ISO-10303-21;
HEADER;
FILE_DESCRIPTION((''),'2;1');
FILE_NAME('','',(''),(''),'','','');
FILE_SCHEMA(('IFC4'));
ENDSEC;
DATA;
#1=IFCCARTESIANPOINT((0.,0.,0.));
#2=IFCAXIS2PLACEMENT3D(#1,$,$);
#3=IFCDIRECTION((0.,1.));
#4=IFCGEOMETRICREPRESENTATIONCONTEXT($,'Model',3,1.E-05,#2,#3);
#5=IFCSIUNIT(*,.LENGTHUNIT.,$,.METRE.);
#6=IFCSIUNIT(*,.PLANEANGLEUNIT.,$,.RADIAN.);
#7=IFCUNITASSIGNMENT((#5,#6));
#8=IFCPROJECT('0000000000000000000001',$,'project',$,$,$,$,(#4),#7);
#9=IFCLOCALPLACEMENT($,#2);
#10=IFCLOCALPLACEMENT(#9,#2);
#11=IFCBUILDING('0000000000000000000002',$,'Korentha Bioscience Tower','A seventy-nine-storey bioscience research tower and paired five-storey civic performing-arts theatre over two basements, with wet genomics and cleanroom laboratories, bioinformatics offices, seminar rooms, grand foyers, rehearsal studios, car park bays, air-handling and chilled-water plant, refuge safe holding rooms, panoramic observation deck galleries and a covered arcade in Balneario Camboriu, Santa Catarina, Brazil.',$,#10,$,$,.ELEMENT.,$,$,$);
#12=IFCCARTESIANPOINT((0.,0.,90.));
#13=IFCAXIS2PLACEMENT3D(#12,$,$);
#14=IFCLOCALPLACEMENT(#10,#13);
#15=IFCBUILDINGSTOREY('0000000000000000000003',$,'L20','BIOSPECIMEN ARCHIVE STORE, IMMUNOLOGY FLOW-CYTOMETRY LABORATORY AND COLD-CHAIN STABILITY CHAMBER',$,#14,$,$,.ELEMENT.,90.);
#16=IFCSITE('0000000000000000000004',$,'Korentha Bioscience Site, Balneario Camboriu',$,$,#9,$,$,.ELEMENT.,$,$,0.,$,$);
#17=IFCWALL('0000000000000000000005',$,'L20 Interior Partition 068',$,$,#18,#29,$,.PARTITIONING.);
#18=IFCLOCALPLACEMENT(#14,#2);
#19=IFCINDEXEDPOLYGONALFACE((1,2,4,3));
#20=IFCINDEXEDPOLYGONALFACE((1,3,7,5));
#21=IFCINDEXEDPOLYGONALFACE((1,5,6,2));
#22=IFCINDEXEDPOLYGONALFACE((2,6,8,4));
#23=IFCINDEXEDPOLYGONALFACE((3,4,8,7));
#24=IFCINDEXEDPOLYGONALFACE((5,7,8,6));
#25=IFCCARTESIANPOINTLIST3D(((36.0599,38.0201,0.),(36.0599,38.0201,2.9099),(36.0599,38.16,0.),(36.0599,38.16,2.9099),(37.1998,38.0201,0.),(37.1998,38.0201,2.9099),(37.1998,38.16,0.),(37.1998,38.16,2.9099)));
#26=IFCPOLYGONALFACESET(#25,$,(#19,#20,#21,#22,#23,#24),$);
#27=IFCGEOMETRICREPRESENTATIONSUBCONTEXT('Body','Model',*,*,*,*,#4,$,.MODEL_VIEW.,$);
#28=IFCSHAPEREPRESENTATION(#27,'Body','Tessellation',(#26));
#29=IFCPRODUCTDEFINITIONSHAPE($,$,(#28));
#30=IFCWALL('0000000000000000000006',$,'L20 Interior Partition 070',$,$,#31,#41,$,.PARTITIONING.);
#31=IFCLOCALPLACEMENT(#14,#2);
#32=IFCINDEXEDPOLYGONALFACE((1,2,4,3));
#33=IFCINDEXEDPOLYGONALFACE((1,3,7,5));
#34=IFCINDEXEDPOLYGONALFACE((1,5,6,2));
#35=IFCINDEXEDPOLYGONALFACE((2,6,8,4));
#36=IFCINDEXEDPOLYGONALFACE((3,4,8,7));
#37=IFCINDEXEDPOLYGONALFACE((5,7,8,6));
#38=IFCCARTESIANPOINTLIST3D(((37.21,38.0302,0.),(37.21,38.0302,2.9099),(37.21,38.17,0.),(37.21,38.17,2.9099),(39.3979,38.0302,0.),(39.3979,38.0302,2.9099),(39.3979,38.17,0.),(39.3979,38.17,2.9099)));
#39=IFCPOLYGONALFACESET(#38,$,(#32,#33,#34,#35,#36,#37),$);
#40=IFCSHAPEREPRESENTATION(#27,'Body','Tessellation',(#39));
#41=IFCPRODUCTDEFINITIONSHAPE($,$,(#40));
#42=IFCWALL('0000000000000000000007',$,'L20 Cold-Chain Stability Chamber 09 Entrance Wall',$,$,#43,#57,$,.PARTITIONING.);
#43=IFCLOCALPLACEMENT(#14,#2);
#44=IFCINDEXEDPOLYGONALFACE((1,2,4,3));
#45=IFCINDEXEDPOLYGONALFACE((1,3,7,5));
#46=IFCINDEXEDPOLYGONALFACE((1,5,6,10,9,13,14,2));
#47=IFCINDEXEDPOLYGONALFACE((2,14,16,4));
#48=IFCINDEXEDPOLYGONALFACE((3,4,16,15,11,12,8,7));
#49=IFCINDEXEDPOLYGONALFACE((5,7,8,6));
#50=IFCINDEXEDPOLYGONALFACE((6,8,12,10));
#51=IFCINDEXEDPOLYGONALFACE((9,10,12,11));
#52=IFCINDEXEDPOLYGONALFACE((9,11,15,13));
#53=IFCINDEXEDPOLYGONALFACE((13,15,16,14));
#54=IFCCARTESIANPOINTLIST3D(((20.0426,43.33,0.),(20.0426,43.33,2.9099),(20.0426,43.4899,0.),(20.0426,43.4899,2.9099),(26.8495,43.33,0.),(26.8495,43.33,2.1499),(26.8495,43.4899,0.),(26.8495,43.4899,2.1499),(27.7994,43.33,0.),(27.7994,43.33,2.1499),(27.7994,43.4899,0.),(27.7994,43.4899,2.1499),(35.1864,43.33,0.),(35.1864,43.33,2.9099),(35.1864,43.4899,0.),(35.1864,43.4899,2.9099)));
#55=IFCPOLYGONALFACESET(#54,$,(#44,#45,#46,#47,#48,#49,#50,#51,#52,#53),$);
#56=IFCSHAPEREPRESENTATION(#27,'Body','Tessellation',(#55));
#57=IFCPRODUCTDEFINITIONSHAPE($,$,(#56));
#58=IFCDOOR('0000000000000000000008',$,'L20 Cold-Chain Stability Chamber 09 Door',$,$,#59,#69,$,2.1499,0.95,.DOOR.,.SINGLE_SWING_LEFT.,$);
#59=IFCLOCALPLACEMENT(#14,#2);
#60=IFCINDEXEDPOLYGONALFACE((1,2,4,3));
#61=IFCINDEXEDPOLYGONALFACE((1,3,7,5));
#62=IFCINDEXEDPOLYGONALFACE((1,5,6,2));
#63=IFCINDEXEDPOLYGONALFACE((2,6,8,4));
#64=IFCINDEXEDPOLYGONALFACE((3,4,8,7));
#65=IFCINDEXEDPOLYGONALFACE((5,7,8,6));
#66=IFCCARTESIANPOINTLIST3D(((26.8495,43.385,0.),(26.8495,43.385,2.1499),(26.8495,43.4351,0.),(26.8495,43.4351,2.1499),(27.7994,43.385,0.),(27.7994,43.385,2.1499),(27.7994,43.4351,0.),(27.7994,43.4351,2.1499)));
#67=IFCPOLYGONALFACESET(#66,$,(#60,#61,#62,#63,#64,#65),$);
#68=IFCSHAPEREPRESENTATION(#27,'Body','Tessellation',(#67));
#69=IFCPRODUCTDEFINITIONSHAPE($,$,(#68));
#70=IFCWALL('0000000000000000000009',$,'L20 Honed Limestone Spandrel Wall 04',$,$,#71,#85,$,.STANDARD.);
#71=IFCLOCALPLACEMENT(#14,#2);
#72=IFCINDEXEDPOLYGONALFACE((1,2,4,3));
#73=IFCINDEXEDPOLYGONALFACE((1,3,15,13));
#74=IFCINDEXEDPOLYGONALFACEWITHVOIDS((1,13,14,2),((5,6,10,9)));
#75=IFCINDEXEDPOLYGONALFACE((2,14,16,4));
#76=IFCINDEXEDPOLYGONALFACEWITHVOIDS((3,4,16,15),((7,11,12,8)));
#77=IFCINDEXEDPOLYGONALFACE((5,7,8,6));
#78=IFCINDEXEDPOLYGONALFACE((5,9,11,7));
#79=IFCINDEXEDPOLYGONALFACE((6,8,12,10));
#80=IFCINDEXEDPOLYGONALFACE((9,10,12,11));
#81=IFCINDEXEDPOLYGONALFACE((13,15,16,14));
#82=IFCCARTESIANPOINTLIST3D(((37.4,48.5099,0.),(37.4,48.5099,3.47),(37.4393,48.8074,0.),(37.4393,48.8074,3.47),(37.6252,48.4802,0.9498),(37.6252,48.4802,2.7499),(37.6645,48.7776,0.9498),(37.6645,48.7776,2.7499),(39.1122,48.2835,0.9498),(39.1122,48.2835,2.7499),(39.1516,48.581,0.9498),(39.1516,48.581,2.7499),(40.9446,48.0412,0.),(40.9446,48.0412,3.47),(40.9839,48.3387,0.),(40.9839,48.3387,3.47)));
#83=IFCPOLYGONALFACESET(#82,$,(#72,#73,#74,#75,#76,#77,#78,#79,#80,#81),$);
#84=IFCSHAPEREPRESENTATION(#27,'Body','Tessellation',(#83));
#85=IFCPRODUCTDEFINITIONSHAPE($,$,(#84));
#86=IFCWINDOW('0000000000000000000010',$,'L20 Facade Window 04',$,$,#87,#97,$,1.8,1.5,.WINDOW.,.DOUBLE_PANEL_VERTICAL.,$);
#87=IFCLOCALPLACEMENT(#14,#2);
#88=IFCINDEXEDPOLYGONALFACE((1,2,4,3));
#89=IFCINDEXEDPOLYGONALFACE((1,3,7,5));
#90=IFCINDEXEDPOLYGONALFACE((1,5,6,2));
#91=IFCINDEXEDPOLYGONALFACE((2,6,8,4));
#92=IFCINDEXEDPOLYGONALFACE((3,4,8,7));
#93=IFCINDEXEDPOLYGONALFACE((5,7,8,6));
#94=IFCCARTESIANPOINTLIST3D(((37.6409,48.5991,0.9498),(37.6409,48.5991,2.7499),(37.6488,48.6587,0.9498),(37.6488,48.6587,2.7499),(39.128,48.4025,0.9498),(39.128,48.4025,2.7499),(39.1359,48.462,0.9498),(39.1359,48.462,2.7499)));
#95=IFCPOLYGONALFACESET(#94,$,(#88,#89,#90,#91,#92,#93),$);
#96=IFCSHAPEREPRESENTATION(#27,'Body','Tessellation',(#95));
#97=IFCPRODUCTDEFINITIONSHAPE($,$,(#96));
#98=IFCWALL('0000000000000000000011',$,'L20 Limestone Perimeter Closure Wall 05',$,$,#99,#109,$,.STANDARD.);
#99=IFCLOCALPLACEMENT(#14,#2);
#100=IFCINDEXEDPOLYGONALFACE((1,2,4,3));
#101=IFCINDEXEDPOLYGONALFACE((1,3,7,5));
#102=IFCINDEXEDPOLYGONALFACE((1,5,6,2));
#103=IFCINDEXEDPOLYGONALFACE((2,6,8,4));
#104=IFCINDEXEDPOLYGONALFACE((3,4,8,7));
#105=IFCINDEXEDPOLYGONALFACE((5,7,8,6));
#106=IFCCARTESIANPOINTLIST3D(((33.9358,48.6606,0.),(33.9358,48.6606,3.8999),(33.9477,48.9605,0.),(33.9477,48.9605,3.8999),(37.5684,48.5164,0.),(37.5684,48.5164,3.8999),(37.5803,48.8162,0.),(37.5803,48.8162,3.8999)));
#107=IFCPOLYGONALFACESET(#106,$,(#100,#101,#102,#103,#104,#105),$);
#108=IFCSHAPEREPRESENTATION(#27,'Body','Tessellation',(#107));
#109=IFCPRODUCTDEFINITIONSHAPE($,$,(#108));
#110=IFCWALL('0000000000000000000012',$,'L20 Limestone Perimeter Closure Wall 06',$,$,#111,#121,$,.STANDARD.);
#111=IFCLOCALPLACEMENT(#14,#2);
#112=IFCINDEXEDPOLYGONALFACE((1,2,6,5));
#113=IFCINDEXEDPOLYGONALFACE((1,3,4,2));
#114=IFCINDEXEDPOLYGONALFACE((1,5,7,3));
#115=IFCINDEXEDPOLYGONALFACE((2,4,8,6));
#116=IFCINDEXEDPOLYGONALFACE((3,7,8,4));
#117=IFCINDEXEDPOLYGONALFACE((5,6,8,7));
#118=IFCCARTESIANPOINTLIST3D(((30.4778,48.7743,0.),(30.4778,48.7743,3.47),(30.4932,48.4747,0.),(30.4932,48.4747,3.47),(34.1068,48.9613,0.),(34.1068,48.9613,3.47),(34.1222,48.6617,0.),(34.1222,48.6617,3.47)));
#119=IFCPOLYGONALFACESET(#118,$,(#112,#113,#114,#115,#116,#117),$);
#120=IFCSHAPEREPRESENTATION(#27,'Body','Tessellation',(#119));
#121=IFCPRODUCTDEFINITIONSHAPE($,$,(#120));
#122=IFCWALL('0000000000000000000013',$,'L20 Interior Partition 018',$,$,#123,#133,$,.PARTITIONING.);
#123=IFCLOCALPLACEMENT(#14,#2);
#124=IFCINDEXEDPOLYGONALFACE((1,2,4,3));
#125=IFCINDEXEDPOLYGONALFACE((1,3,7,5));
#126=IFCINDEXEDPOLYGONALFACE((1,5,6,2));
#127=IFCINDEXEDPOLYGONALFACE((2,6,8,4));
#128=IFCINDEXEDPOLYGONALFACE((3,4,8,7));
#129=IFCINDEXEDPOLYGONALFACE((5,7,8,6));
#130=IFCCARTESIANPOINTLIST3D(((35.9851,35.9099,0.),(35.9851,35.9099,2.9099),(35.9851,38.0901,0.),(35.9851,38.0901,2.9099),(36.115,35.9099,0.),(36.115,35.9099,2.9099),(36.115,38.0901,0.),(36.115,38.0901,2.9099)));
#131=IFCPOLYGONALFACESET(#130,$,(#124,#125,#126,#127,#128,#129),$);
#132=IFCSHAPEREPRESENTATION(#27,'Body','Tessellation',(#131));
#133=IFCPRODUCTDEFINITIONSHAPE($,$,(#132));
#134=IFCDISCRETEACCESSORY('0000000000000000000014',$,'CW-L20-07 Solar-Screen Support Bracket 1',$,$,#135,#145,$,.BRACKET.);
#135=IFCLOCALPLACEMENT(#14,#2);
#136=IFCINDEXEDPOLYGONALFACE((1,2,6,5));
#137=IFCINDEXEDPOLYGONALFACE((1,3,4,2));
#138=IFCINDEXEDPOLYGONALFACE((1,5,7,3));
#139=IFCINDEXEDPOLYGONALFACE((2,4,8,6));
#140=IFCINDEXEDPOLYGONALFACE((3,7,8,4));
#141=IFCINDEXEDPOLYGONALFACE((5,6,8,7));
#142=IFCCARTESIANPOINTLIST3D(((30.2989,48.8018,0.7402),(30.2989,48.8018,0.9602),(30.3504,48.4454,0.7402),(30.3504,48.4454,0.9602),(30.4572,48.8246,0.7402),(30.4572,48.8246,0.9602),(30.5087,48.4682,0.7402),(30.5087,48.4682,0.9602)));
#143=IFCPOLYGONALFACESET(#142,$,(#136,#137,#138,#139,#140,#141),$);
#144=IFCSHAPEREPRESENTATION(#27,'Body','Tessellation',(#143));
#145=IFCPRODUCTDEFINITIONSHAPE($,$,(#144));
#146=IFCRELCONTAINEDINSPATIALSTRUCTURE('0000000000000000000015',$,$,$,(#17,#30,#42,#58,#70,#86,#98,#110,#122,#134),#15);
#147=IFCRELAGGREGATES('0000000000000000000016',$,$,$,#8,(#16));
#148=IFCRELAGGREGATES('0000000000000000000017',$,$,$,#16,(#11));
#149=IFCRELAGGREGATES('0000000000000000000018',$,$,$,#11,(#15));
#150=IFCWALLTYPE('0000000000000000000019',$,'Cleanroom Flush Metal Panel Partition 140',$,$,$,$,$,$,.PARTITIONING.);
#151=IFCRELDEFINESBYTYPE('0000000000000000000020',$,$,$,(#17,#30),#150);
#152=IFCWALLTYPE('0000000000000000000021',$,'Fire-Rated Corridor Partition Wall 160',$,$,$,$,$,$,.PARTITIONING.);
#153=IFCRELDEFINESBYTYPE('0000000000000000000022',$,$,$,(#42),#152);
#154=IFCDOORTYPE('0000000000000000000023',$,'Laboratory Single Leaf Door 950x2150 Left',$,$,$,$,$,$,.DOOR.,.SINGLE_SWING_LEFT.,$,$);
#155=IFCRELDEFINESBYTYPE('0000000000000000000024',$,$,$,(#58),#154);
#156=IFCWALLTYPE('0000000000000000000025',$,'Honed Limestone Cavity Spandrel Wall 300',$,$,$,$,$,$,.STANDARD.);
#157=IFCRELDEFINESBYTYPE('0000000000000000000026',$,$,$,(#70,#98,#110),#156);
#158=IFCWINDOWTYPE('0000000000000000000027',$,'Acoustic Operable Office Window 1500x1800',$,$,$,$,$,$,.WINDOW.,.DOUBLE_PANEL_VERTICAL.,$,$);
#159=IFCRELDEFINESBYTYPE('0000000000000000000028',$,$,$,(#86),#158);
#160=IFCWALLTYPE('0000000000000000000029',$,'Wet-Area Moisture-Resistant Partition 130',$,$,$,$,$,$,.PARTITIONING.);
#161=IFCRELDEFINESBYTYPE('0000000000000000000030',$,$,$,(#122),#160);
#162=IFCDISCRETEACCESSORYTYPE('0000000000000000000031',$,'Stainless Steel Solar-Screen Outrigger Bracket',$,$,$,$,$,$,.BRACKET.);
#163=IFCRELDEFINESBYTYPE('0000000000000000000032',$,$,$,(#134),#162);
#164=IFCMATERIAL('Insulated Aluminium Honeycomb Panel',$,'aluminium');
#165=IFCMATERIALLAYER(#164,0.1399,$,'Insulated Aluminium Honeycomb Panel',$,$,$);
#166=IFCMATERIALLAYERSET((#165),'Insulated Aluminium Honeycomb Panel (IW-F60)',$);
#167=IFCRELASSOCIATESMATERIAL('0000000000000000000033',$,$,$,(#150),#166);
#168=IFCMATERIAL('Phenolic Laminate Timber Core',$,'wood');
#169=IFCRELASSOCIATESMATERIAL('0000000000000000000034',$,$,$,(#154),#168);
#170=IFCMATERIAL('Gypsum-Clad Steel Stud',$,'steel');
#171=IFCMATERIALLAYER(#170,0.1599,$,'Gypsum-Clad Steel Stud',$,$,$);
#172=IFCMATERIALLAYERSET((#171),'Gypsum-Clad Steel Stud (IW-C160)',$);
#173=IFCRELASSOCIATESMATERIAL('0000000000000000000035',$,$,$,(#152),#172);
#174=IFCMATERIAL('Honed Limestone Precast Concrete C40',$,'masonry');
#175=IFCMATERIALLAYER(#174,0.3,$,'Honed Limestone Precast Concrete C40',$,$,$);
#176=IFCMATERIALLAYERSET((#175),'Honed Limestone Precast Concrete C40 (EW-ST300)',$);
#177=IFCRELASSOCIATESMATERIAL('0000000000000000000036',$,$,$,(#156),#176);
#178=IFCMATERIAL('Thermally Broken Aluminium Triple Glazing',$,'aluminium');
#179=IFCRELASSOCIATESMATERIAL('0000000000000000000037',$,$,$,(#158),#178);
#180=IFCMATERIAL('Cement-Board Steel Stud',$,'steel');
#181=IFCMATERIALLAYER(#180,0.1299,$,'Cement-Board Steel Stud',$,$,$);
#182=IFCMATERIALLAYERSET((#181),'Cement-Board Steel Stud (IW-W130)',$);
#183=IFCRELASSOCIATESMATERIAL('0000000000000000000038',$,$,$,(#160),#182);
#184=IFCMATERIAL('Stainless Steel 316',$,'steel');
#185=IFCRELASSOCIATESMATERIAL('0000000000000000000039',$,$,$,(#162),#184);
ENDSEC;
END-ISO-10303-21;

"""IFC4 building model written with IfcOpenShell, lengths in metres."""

from ifc_helpers import new_model, si_unit, direction, frame, frame_2d, origin, origin_2d, place, context, subcontext, project, spatial, rectangle, extrude, material, layer, layer_set, type_object, element, fill, save


model = new_model("IFC4")

# Units and contexts
model_context = context("Model", 3, precision=1e-05, world=origin(), true_north=direction((0.0, 1.0)))
body_context = subcontext(model_context, "Body", "Model", "MODEL_VIEW")
ifc_project = project(units=[si_unit("LENGTHUNIT", "METRE"), si_unit("PLANEANGLEUNIT", "RADIAN")], contexts=[model_context])

# Site, building, storey
site_placement = place(None, origin())
site = spatial("IfcSite", under=ifc_project, at=site_placement, Name="Korentha Bioscience Site, Balneario Camboriu", CompositionType="ELEMENT", RefElevation=0.0)
building_placement = place(site_placement, origin())
building = spatial("IfcBuilding", under=site, at=building_placement, Name="Korentha Bioscience Tower", Description="A seventy-nine-storey bioscience research tower and paired five-storey civic performing-arts theatre over two basements, with wet genomics and cleanroom laboratories, bioinformatics offices, seminar rooms, grand foyers, rehearsal studios, car park bays, air-handling and chilled-water plant, refuge safe holding rooms, panoramic observation deck galleries and a covered arcade in Balneario Camboriu, Santa Catarina, Brazil.", CompositionType="ELEMENT")
storey_placement = place(building_placement, frame((0.0, 0.0, 90.0)))
storey = spatial("IfcBuildingStorey", under=building, at=storey_placement, Name="L20", Description="BIOSPECIMEN ARCHIVE STORE, IMMUNOLOGY FLOW-CYTOMETRY LABORATORY AND COLD-CHAIN STABILITY CHAMBER", CompositionType="ELEMENT", Elevation=90.0)

# Shared definitions
ifc_material_1 = material(Name="Phenolic Laminate Timber Core", Category="wood")

# Shared definitions
ifc_material_2 = material(Name="Insulated Aluminium Honeycomb Panel", Category="aluminium")
ifc_layer_1 = layer(ifc_material_2, 0.1399, Name="Insulated Aluminium Honeycomb Panel")
ifc_layer_set_1 = layer_set([ifc_layer_1], Name="Insulated Aluminium Honeycomb Panel (IW-F60)")
wall_type_1 = type_object("IfcWallType", Name="Cleanroom Flush Metal Panel Partition 140", PredefinedType="PARTITIONING", material=ifc_layer_set_1)
door_type_1 = type_object("IfcDoorType", Name="Laboratory Single Leaf Door 950x2150 Left", OperationType="SINGLE_SWING_LEFT", PredefinedType="DOOR", material=ifc_material_1)

# Walls
wall_1_placement = place(storey_placement, frame((36.0601, 38.0901, 0.0), z_axis=(0.0, 0.0, 1.0), x_axis=(1.0, 0.0, 0.0)))
element("IfcWall", 1, at=wall_1_placement, inside=storey, type_object=wall_type_1, Name="L20 Interior Partition 068", PredefinedType="PARTITIONING", context=body_context, shape_type="SweptSolid", body=[
    extrude(rectangle(XDim=1.1399, YDim=0.1399, at=frame_2d((0.5698, 0.0))), origin(), (0.0, 0.0, 1.0), 2.9099),
])
wall_2_placement = place(storey_placement, frame((37.21, 38.1001, 0.0), z_axis=(0.0, 0.0, 1.0), x_axis=(1.0, 0.0, 0.0)))
element("IfcWall", 2, at=wall_2_placement, inside=storey, type_object=wall_type_1, Name="L20 Interior Partition 070", PredefinedType="PARTITIONING", context=body_context, shape_type="SweptSolid", body=[
    extrude(rectangle(XDim=2.188, YDim=0.1399, at=frame_2d((1.094, 0.0))), origin(), (0.0, 0.0, 1.0), 2.9099),
])

# Wall, opening, door
ifc_material_3 = material(Name="Gypsum-Clad Steel Stud", Category="steel")
ifc_layer_2 = layer(ifc_material_3, 0.1599, Name="Gypsum-Clad Steel Stud")
ifc_layer_set_2 = layer_set([ifc_layer_2], Name="Gypsum-Clad Steel Stud (IW-C160)")
wall_type_2 = type_object("IfcWallType", Name="Fire-Rated Corridor Partition Wall 160", PredefinedType="PARTITIONING", material=ifc_layer_set_2)
wall_3_placement = place(storey_placement, frame((35.1863, 43.4099, 0.0), z_axis=(0.0, 0.0, 1.0), x_axis=(-1.0, 0.0, 0.0)))
wall_3 = element("IfcWall", 3, at=wall_3_placement, inside=storey, type_object=wall_type_2, Name="L20 Cold-Chain Stability Chamber 09 Entrance Wall", PredefinedType="PARTITIONING", context=body_context, shape_type="SweptSolid", body=[
    extrude(rectangle(XDim=15.1438, YDim=0.1599, at=frame_2d((7.5718, 0.0))), origin(), (0.0, 0.0, 1.0), 2.9099),
])
opening_1_placement = place(wall_3_placement, frame((7.3867, 0.0, 0.0)))
opening_1 = element("IfcOpeningElement", 4, at=opening_1_placement, cuts=wall_3, PredefinedType="OPENING", context=body_context, shape_type="SweptSolid", body=[
    extrude(rectangle(XDim=0.95, YDim=2.1499, at=frame_2d((0.4751, 1.075))), frame((0.0, 0.0947, 0.0), z_axis=(0.0, -1.0, 0.0), x_axis=(1.0, 0.0, 0.0)), (0.0, 0.0, 1.0), 0.1897),
])
door_1_placement = place(opening_1_placement, origin())
door_1 = element("IfcDoor", 5, at=door_1_placement, inside=storey, type_object=door_type_1, Name="L20 Cold-Chain Stability Chamber 09 Door", OperationType="SINGLE_SWING_LEFT", OverallHeight=2.1499, OverallWidth=0.95, PredefinedType="DOOR", context=body_context, shape_type="SweptSolid", body=[
    extrude(rectangle(XDim=0.95, YDim=2.1499, at=frame_2d((0.4751, 1.075))), frame((0.0, 0.0249, 0.0), z_axis=(0.0, -1.0, 0.0), x_axis=(1.0, 0.0, 0.0)), (0.0, 0.0, 1.0), 0.05),
])
fill(opening_1, door_1)

# Wall, opening, window
ifc_material_4 = material(Name="Honed Limestone Precast Concrete C40", Category="masonry")
ifc_layer_3 = layer(ifc_material_4, 0.3, Name="Honed Limestone Precast Concrete C40")
ifc_layer_set_3 = layer_set([ifc_layer_3], Name="Honed Limestone Precast Concrete C40 (EW-ST300)")
wall_type_3 = type_object("IfcWallType", Name="Honed Limestone Cavity Spandrel Wall 300", PredefinedType="STANDARD", material=ifc_layer_set_3)
wall_4_placement = place(storey_placement, frame((40.9641, 48.1899, 0.0), z_axis=(0.0, 0.0, 1.0), x_axis=(-0.991369, 0.131099, 0.0)))
wall_4 = element("IfcWall", 6, at=wall_4_placement, inside=storey, type_object=wall_type_3, Name="L20 Honed Limestone Spandrel Wall 04", PredefinedType="STANDARD", context=body_context, shape_type="SweptSolid", body=[
    extrude(rectangle(XDim=3.5754, YDim=0.3, at=frame_2d((1.7876, 0.0))), origin(), (0.0, 0.0, 1.0), 3.47),
])
opening_2_placement = place(wall_4_placement, frame((1.8481, 0.0, 0.95)))
opening_2 = element("IfcOpeningElement", 7, at=opening_2_placement, cuts=wall_4, PredefinedType="OPENING", context=body_context, shape_type="SweptSolid", body=[
    extrude(rectangle(XDim=1.5, YDim=1.8, at=frame_2d((0.75, 0.8999))), frame((0.0, 0.165, 0.0), z_axis=(0.0, -1.0, 0.0), x_axis=(1.0, 0.0, 0.0)), (0.0, 0.0, 1.0), 0.3298),
])
ifc_material_5 = material(Name="Thermally Broken Aluminium Triple Glazing", Category="aluminium")
window_type = type_object("IfcWindowType", Name="Acoustic Operable Office Window 1500x1800", PartitioningType="DOUBLE_PANEL_VERTICAL", PredefinedType="WINDOW", material=ifc_material_5)
window_placement = place(opening_2_placement, origin())
window = element("IfcWindow", 8, at=window_placement, inside=storey, type_object=window_type, Name="L20 Facade Window 04", OverallHeight=1.8, OverallWidth=1.5, PartitioningType="DOUBLE_PANEL_VERTICAL", PredefinedType="WINDOW", context=body_context, shape_type="SweptSolid", body=[
    extrude(rectangle(XDim=1.5, YDim=1.8, at=frame_2d((0.75, 0.8999))), frame((0.0, 0.03, 0.0), z_axis=(0.0, -1.0, 0.0), x_axis=(1.0, 0.0, 0.0)), (0.0, 0.0, 1.0), 0.0601),
])
fill(opening_2, window)

# Walls
wall_5_placement = place(storey_placement, frame((37.5745, 48.6663, 0.0), z_axis=(0.0, 0.0, 1.0), x_axis=(-0.999212, 0.039689, 0.0)))
element("IfcWall", 9, at=wall_5_placement, inside=storey, type_object=wall_type_3, Name="L20 Limestone Perimeter Closure Wall 05", PredefinedType="STANDARD", context=body_context, shape_type="SweptSolid", body=[
    extrude(rectangle(XDim=3.6355, YDim=0.3, at=frame_2d((1.8179, 0.0))), origin(), (0.0, 0.0, 1.0), 3.8999),
])
wall_6_placement = place(storey_placement, frame((34.1145, 48.8115, 0.0), z_axis=(0.0, 0.0, 1.0), x_axis=(-0.998675, -0.051466, 0.0)))
element("IfcWall", 10, at=wall_6_placement, inside=storey, type_object=wall_type_3, Name="L20 Limestone Perimeter Closure Wall 06", PredefinedType="STANDARD", context=body_context, shape_type="SweptSolid", body=[
    extrude(rectangle(XDim=3.6338, YDim=0.3, at=frame_2d((1.8169, 0.0))), origin(), (0.0, 0.0, 1.0), 3.47),
])

# Shared definitions
ifc_material_6 = material(Name="Cement-Board Steel Stud", Category="steel")
ifc_layer_4 = layer(ifc_material_6, 0.1299, Name="Cement-Board Steel Stud")
ifc_layer_set_4 = layer_set([ifc_layer_4], Name="Cement-Board Steel Stud (IW-W130)")
wall_type_4 = type_object("IfcWallType", Name="Wet-Area Moisture-Resistant Partition 130", PredefinedType="PARTITIONING", material=ifc_layer_set_4)

# Wall
wall_7_placement = place(storey_placement, frame((36.05, 38.0901, 0.0), z_axis=(0.0, 0.0, 1.0), x_axis=(0.0, -1.0, 0.0)))
element("IfcWall", 11, at=wall_7_placement, inside=storey, type_object=wall_type_4, Name="L20 Interior Partition 018", PredefinedType="PARTITIONING", context=body_context, shape_type="SweptSolid", body=[
    extrude(rectangle(XDim=2.1802, YDim=0.1299, at=frame_2d((1.0901, 0.0))), origin(), (0.0, 0.0, 1.0), 2.9099),
])

# Discrete accessory
ifc_material_7 = material(Name="Stainless Steel 316", Category="steel")
discrete_accessory_type = type_object("IfcDiscreteAccessoryType", Name="Stainless Steel Solar-Screen Outrigger Bracket", PredefinedType="BRACKET", material=ifc_material_7)
discrete_accessory_placement = place(storey_placement, frame((30.4038, 48.635, 0.7402), z_axis=(0.0, 0.0, 1.0), x_axis=(-0.989738, -0.142892, 0.0)))
element("IfcDiscreteAccessory", 12, at=discrete_accessory_placement, inside=storey, type_object=discrete_accessory_type, Name="CW-L20-07 Solar-Screen Support Bracket 1", PredefinedType="BRACKET", context=body_context, shape_type="SweptSolid", body=[
    extrude(rectangle(XDim=0.1599, YDim=0.3601, at=origin_2d()), origin(), (0.0, 0.0, 1.0), 0.22),
])

save(model, "model.ifc")
